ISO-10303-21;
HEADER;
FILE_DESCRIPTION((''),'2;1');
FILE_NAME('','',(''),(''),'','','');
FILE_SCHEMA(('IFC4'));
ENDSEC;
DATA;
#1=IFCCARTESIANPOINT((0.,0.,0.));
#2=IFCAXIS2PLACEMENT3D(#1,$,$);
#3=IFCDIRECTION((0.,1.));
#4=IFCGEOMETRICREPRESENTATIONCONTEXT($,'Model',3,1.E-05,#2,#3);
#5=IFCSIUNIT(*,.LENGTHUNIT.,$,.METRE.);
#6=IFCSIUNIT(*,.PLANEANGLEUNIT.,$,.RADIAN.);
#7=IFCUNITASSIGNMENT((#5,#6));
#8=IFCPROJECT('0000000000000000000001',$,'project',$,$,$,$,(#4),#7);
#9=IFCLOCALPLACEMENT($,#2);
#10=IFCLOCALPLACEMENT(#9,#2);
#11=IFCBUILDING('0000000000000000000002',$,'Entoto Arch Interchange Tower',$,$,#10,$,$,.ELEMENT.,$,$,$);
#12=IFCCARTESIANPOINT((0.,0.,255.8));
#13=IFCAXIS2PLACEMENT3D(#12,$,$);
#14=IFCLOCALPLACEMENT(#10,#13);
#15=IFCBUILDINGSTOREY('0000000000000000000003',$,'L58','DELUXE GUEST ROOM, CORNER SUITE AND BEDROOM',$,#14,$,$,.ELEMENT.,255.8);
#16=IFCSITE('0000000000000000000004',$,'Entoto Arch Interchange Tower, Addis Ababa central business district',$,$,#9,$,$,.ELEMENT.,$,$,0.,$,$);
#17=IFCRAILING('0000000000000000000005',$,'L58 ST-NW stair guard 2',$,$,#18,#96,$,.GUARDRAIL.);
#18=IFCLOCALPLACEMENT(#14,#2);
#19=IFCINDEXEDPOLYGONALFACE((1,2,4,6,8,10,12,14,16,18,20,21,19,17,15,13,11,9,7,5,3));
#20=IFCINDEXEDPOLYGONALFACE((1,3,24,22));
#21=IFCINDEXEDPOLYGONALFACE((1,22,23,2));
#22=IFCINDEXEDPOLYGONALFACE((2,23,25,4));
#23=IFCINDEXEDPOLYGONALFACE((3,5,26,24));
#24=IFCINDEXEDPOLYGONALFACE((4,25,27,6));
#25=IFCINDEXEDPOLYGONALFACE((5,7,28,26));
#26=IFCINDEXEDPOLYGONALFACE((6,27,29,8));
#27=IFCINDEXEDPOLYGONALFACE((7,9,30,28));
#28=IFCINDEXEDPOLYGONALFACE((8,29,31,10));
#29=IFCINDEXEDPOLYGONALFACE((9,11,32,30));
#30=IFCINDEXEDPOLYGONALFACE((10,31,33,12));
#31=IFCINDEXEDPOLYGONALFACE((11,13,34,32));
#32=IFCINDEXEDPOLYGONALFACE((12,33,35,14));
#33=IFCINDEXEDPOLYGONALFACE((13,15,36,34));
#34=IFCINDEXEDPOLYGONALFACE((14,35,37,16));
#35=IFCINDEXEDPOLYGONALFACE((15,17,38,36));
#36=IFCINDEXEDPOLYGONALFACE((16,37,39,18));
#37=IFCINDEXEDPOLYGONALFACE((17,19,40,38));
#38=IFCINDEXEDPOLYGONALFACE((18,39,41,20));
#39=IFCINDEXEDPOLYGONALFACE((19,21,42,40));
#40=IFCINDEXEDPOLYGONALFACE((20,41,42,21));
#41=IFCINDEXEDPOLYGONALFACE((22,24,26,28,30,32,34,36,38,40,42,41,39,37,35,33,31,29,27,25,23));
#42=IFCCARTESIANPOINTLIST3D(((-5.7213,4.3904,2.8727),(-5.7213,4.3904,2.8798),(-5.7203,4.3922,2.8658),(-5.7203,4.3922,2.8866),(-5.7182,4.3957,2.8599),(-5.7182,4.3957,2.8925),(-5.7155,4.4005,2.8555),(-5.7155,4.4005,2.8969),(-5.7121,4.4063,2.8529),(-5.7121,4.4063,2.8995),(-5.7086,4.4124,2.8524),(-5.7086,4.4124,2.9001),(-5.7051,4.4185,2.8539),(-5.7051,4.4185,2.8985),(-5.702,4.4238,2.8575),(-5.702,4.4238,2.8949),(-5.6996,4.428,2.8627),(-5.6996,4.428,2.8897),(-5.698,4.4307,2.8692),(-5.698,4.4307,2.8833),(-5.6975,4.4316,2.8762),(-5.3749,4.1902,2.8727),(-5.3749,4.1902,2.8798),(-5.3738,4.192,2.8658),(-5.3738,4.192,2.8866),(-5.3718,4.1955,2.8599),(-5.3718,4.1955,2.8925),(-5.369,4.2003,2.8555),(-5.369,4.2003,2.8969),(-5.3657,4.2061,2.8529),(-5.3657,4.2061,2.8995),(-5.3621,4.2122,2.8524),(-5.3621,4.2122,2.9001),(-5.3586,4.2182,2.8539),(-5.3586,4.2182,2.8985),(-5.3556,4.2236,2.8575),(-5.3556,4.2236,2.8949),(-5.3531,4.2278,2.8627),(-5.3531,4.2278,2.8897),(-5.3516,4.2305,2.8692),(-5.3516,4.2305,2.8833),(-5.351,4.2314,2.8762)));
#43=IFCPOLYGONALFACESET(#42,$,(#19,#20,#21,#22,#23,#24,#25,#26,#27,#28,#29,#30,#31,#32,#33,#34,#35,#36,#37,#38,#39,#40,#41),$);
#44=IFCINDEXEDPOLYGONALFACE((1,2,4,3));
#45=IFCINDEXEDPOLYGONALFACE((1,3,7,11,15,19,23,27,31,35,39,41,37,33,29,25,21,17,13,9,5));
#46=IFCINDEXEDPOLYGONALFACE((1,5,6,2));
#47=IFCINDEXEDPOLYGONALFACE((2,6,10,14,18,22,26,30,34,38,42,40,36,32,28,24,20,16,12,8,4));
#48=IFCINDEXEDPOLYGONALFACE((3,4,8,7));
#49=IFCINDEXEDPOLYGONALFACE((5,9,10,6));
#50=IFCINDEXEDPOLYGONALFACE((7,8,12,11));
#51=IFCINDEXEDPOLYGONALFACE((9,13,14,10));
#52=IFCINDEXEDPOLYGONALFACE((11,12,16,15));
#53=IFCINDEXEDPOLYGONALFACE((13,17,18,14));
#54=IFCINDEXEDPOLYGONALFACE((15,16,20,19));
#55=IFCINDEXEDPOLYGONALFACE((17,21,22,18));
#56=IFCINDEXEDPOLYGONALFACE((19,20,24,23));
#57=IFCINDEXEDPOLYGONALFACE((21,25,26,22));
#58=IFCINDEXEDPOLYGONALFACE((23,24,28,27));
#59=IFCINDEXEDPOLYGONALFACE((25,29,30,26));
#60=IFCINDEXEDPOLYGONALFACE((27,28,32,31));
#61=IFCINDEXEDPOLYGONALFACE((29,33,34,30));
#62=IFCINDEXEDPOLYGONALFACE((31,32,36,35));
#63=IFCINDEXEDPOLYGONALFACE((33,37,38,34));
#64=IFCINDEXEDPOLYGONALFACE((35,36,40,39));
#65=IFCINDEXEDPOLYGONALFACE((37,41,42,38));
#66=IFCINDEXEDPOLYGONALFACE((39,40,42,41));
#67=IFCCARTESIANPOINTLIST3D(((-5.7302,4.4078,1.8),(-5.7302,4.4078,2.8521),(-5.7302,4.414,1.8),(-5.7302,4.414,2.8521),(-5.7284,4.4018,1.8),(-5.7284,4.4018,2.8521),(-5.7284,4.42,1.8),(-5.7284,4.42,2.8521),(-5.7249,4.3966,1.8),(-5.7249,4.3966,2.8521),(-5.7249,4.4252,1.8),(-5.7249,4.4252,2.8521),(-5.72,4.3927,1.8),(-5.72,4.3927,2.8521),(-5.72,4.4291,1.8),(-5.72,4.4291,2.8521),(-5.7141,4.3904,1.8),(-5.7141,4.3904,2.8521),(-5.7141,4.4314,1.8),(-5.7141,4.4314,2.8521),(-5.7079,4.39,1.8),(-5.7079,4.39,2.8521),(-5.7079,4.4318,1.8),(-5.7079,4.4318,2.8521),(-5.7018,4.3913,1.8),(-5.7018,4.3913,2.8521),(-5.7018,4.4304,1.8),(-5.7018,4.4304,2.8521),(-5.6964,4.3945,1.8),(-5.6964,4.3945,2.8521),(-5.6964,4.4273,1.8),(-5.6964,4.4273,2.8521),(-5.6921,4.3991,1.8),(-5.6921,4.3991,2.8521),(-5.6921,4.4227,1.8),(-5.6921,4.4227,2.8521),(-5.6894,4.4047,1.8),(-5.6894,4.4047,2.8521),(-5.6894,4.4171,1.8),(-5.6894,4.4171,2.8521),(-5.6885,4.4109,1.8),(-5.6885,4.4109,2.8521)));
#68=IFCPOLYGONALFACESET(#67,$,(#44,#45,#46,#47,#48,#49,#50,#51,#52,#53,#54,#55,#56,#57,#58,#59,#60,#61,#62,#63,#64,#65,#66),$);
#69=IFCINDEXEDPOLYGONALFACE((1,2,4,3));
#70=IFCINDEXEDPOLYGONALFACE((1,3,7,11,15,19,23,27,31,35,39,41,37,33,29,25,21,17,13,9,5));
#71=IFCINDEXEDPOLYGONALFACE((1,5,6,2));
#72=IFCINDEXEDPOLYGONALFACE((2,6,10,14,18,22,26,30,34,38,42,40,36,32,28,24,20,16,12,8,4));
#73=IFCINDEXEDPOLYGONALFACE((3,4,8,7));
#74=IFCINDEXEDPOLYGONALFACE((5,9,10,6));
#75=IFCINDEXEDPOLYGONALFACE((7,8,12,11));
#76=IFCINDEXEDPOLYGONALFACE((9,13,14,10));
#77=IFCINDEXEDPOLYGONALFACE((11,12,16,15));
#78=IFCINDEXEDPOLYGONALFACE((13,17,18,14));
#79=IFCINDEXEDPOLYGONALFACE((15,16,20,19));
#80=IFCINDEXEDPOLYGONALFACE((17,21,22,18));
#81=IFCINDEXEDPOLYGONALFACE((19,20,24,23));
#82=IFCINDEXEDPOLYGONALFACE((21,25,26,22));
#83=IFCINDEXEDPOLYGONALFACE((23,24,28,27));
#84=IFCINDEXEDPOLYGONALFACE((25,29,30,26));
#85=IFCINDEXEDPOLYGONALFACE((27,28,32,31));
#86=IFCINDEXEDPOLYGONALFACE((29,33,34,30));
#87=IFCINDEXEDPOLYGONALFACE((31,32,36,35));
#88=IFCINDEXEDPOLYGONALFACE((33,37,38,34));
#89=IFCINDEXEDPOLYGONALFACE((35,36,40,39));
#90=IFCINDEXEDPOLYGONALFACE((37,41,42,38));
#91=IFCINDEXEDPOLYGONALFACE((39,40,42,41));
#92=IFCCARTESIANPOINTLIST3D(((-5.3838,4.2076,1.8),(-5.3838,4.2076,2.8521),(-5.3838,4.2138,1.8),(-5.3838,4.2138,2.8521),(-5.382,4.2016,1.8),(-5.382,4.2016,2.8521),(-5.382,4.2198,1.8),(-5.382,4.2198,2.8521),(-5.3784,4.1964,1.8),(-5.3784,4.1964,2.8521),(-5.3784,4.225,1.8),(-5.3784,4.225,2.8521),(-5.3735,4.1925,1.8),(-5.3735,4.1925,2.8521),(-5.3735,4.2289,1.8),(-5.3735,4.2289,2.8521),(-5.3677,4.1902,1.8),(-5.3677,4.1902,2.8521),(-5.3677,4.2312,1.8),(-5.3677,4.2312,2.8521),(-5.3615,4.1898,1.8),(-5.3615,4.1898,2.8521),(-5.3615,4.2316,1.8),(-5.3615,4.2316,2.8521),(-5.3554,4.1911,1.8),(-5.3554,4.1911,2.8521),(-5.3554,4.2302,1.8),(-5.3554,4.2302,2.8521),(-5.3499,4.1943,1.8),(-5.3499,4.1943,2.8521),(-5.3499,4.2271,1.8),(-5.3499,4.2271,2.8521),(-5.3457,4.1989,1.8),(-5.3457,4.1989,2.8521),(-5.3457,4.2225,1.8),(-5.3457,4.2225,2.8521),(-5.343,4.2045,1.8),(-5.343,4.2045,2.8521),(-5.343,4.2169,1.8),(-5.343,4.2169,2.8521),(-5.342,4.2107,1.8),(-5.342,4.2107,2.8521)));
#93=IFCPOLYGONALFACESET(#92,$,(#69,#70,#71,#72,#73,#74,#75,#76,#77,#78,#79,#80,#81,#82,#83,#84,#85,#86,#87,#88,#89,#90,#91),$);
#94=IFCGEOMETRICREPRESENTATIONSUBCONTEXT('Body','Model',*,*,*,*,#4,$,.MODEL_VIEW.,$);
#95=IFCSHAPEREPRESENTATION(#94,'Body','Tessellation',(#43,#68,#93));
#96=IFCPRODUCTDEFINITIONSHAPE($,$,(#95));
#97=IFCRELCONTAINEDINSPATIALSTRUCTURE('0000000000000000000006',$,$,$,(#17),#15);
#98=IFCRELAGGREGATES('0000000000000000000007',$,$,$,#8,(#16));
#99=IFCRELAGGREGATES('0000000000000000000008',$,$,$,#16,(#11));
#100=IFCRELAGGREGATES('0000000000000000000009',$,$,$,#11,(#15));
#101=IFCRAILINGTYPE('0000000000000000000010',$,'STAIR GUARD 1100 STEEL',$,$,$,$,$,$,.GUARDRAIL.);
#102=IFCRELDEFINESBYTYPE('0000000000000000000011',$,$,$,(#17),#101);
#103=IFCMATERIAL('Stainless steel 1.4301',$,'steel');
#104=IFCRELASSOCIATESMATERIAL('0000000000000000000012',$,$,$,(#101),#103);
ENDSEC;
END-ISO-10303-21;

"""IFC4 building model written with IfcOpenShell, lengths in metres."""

from ifc_helpers import new_model, si_unit, direction, frame, origin, origin_2d, place, context, subcontext, project, spatial, circle, extrude, material, type_object, element, save


model = new_model("IFC4")

# Units and contexts
model_context = context("Model", 3, precision=1e-05, world=origin(), true_north=direction((0.0, 1.0)))
body_context = subcontext(model_context, "Body", "Model", "MODEL_VIEW")
ifc_project = project(units=[si_unit("LENGTHUNIT", "METRE"), si_unit("PLANEANGLEUNIT", "RADIAN")], contexts=[model_context])

# Site, building, storey
site_placement = place(None, origin())
site = spatial("IfcSite", under=ifc_project, at=site_placement, Name="Entoto Arch Interchange Tower, Addis Ababa central business district", CompositionType="ELEMENT", RefElevation=0.0)
building_placement = place(site_placement, origin())
building = spatial("IfcBuilding", under=site, at=building_placement, Name="Entoto Arch Interchange Tower", CompositionType="ELEMENT")
storey_placement = place(building_placement, frame((0.0, 0.0, 255.8)))
storey = spatial("IfcBuildingStorey", under=building, at=storey_placement, Name="L58", Description="DELUXE GUEST ROOM, CORNER SUITE AND BEDROOM", CompositionType="ELEMENT", Elevation=255.8)

# Railing
ifc_material_1 = material(Name="Stainless steel 1.4301", Category="steel")
railing_type_1 = type_object("IfcRailingType", Name="STAIR GUARD 1100 STEEL", PredefinedType="GUARDRAIL", material=ifc_material_1)
railing_1_placement = place(storey_placement, frame((-5.7095, 4.4109, 1.8)))
element("IfcRailing", 1, at=railing_1_placement, inside=storey, type_object=railing_type_1, Name="L58 ST-NW stair guard 2", PredefinedType="GUARDRAIL", context=body_context, shape_type="SweptSolid", body=[
    extrude(circle(Radius=0.0239, at=origin_2d()), frame((0.0, 0.0, 1.0762), z_axis=(0.86583, -0.500339, 0.0), x_axis=(0.500339, 0.86583, 0.0)), (0.0, 0.0, 1.0), 0.4001),
    extrude(circle(Radius=0.021, at=origin_2d()), origin(), (0.0, 0.0, 1.0), 1.052),
    extrude(circle(Radius=0.021, at=origin_2d()), frame((0.3464, -0.2002, 0.0)), (0.0, 0.0, 1.0), 1.052),
])

save(model, "model.ifc")
